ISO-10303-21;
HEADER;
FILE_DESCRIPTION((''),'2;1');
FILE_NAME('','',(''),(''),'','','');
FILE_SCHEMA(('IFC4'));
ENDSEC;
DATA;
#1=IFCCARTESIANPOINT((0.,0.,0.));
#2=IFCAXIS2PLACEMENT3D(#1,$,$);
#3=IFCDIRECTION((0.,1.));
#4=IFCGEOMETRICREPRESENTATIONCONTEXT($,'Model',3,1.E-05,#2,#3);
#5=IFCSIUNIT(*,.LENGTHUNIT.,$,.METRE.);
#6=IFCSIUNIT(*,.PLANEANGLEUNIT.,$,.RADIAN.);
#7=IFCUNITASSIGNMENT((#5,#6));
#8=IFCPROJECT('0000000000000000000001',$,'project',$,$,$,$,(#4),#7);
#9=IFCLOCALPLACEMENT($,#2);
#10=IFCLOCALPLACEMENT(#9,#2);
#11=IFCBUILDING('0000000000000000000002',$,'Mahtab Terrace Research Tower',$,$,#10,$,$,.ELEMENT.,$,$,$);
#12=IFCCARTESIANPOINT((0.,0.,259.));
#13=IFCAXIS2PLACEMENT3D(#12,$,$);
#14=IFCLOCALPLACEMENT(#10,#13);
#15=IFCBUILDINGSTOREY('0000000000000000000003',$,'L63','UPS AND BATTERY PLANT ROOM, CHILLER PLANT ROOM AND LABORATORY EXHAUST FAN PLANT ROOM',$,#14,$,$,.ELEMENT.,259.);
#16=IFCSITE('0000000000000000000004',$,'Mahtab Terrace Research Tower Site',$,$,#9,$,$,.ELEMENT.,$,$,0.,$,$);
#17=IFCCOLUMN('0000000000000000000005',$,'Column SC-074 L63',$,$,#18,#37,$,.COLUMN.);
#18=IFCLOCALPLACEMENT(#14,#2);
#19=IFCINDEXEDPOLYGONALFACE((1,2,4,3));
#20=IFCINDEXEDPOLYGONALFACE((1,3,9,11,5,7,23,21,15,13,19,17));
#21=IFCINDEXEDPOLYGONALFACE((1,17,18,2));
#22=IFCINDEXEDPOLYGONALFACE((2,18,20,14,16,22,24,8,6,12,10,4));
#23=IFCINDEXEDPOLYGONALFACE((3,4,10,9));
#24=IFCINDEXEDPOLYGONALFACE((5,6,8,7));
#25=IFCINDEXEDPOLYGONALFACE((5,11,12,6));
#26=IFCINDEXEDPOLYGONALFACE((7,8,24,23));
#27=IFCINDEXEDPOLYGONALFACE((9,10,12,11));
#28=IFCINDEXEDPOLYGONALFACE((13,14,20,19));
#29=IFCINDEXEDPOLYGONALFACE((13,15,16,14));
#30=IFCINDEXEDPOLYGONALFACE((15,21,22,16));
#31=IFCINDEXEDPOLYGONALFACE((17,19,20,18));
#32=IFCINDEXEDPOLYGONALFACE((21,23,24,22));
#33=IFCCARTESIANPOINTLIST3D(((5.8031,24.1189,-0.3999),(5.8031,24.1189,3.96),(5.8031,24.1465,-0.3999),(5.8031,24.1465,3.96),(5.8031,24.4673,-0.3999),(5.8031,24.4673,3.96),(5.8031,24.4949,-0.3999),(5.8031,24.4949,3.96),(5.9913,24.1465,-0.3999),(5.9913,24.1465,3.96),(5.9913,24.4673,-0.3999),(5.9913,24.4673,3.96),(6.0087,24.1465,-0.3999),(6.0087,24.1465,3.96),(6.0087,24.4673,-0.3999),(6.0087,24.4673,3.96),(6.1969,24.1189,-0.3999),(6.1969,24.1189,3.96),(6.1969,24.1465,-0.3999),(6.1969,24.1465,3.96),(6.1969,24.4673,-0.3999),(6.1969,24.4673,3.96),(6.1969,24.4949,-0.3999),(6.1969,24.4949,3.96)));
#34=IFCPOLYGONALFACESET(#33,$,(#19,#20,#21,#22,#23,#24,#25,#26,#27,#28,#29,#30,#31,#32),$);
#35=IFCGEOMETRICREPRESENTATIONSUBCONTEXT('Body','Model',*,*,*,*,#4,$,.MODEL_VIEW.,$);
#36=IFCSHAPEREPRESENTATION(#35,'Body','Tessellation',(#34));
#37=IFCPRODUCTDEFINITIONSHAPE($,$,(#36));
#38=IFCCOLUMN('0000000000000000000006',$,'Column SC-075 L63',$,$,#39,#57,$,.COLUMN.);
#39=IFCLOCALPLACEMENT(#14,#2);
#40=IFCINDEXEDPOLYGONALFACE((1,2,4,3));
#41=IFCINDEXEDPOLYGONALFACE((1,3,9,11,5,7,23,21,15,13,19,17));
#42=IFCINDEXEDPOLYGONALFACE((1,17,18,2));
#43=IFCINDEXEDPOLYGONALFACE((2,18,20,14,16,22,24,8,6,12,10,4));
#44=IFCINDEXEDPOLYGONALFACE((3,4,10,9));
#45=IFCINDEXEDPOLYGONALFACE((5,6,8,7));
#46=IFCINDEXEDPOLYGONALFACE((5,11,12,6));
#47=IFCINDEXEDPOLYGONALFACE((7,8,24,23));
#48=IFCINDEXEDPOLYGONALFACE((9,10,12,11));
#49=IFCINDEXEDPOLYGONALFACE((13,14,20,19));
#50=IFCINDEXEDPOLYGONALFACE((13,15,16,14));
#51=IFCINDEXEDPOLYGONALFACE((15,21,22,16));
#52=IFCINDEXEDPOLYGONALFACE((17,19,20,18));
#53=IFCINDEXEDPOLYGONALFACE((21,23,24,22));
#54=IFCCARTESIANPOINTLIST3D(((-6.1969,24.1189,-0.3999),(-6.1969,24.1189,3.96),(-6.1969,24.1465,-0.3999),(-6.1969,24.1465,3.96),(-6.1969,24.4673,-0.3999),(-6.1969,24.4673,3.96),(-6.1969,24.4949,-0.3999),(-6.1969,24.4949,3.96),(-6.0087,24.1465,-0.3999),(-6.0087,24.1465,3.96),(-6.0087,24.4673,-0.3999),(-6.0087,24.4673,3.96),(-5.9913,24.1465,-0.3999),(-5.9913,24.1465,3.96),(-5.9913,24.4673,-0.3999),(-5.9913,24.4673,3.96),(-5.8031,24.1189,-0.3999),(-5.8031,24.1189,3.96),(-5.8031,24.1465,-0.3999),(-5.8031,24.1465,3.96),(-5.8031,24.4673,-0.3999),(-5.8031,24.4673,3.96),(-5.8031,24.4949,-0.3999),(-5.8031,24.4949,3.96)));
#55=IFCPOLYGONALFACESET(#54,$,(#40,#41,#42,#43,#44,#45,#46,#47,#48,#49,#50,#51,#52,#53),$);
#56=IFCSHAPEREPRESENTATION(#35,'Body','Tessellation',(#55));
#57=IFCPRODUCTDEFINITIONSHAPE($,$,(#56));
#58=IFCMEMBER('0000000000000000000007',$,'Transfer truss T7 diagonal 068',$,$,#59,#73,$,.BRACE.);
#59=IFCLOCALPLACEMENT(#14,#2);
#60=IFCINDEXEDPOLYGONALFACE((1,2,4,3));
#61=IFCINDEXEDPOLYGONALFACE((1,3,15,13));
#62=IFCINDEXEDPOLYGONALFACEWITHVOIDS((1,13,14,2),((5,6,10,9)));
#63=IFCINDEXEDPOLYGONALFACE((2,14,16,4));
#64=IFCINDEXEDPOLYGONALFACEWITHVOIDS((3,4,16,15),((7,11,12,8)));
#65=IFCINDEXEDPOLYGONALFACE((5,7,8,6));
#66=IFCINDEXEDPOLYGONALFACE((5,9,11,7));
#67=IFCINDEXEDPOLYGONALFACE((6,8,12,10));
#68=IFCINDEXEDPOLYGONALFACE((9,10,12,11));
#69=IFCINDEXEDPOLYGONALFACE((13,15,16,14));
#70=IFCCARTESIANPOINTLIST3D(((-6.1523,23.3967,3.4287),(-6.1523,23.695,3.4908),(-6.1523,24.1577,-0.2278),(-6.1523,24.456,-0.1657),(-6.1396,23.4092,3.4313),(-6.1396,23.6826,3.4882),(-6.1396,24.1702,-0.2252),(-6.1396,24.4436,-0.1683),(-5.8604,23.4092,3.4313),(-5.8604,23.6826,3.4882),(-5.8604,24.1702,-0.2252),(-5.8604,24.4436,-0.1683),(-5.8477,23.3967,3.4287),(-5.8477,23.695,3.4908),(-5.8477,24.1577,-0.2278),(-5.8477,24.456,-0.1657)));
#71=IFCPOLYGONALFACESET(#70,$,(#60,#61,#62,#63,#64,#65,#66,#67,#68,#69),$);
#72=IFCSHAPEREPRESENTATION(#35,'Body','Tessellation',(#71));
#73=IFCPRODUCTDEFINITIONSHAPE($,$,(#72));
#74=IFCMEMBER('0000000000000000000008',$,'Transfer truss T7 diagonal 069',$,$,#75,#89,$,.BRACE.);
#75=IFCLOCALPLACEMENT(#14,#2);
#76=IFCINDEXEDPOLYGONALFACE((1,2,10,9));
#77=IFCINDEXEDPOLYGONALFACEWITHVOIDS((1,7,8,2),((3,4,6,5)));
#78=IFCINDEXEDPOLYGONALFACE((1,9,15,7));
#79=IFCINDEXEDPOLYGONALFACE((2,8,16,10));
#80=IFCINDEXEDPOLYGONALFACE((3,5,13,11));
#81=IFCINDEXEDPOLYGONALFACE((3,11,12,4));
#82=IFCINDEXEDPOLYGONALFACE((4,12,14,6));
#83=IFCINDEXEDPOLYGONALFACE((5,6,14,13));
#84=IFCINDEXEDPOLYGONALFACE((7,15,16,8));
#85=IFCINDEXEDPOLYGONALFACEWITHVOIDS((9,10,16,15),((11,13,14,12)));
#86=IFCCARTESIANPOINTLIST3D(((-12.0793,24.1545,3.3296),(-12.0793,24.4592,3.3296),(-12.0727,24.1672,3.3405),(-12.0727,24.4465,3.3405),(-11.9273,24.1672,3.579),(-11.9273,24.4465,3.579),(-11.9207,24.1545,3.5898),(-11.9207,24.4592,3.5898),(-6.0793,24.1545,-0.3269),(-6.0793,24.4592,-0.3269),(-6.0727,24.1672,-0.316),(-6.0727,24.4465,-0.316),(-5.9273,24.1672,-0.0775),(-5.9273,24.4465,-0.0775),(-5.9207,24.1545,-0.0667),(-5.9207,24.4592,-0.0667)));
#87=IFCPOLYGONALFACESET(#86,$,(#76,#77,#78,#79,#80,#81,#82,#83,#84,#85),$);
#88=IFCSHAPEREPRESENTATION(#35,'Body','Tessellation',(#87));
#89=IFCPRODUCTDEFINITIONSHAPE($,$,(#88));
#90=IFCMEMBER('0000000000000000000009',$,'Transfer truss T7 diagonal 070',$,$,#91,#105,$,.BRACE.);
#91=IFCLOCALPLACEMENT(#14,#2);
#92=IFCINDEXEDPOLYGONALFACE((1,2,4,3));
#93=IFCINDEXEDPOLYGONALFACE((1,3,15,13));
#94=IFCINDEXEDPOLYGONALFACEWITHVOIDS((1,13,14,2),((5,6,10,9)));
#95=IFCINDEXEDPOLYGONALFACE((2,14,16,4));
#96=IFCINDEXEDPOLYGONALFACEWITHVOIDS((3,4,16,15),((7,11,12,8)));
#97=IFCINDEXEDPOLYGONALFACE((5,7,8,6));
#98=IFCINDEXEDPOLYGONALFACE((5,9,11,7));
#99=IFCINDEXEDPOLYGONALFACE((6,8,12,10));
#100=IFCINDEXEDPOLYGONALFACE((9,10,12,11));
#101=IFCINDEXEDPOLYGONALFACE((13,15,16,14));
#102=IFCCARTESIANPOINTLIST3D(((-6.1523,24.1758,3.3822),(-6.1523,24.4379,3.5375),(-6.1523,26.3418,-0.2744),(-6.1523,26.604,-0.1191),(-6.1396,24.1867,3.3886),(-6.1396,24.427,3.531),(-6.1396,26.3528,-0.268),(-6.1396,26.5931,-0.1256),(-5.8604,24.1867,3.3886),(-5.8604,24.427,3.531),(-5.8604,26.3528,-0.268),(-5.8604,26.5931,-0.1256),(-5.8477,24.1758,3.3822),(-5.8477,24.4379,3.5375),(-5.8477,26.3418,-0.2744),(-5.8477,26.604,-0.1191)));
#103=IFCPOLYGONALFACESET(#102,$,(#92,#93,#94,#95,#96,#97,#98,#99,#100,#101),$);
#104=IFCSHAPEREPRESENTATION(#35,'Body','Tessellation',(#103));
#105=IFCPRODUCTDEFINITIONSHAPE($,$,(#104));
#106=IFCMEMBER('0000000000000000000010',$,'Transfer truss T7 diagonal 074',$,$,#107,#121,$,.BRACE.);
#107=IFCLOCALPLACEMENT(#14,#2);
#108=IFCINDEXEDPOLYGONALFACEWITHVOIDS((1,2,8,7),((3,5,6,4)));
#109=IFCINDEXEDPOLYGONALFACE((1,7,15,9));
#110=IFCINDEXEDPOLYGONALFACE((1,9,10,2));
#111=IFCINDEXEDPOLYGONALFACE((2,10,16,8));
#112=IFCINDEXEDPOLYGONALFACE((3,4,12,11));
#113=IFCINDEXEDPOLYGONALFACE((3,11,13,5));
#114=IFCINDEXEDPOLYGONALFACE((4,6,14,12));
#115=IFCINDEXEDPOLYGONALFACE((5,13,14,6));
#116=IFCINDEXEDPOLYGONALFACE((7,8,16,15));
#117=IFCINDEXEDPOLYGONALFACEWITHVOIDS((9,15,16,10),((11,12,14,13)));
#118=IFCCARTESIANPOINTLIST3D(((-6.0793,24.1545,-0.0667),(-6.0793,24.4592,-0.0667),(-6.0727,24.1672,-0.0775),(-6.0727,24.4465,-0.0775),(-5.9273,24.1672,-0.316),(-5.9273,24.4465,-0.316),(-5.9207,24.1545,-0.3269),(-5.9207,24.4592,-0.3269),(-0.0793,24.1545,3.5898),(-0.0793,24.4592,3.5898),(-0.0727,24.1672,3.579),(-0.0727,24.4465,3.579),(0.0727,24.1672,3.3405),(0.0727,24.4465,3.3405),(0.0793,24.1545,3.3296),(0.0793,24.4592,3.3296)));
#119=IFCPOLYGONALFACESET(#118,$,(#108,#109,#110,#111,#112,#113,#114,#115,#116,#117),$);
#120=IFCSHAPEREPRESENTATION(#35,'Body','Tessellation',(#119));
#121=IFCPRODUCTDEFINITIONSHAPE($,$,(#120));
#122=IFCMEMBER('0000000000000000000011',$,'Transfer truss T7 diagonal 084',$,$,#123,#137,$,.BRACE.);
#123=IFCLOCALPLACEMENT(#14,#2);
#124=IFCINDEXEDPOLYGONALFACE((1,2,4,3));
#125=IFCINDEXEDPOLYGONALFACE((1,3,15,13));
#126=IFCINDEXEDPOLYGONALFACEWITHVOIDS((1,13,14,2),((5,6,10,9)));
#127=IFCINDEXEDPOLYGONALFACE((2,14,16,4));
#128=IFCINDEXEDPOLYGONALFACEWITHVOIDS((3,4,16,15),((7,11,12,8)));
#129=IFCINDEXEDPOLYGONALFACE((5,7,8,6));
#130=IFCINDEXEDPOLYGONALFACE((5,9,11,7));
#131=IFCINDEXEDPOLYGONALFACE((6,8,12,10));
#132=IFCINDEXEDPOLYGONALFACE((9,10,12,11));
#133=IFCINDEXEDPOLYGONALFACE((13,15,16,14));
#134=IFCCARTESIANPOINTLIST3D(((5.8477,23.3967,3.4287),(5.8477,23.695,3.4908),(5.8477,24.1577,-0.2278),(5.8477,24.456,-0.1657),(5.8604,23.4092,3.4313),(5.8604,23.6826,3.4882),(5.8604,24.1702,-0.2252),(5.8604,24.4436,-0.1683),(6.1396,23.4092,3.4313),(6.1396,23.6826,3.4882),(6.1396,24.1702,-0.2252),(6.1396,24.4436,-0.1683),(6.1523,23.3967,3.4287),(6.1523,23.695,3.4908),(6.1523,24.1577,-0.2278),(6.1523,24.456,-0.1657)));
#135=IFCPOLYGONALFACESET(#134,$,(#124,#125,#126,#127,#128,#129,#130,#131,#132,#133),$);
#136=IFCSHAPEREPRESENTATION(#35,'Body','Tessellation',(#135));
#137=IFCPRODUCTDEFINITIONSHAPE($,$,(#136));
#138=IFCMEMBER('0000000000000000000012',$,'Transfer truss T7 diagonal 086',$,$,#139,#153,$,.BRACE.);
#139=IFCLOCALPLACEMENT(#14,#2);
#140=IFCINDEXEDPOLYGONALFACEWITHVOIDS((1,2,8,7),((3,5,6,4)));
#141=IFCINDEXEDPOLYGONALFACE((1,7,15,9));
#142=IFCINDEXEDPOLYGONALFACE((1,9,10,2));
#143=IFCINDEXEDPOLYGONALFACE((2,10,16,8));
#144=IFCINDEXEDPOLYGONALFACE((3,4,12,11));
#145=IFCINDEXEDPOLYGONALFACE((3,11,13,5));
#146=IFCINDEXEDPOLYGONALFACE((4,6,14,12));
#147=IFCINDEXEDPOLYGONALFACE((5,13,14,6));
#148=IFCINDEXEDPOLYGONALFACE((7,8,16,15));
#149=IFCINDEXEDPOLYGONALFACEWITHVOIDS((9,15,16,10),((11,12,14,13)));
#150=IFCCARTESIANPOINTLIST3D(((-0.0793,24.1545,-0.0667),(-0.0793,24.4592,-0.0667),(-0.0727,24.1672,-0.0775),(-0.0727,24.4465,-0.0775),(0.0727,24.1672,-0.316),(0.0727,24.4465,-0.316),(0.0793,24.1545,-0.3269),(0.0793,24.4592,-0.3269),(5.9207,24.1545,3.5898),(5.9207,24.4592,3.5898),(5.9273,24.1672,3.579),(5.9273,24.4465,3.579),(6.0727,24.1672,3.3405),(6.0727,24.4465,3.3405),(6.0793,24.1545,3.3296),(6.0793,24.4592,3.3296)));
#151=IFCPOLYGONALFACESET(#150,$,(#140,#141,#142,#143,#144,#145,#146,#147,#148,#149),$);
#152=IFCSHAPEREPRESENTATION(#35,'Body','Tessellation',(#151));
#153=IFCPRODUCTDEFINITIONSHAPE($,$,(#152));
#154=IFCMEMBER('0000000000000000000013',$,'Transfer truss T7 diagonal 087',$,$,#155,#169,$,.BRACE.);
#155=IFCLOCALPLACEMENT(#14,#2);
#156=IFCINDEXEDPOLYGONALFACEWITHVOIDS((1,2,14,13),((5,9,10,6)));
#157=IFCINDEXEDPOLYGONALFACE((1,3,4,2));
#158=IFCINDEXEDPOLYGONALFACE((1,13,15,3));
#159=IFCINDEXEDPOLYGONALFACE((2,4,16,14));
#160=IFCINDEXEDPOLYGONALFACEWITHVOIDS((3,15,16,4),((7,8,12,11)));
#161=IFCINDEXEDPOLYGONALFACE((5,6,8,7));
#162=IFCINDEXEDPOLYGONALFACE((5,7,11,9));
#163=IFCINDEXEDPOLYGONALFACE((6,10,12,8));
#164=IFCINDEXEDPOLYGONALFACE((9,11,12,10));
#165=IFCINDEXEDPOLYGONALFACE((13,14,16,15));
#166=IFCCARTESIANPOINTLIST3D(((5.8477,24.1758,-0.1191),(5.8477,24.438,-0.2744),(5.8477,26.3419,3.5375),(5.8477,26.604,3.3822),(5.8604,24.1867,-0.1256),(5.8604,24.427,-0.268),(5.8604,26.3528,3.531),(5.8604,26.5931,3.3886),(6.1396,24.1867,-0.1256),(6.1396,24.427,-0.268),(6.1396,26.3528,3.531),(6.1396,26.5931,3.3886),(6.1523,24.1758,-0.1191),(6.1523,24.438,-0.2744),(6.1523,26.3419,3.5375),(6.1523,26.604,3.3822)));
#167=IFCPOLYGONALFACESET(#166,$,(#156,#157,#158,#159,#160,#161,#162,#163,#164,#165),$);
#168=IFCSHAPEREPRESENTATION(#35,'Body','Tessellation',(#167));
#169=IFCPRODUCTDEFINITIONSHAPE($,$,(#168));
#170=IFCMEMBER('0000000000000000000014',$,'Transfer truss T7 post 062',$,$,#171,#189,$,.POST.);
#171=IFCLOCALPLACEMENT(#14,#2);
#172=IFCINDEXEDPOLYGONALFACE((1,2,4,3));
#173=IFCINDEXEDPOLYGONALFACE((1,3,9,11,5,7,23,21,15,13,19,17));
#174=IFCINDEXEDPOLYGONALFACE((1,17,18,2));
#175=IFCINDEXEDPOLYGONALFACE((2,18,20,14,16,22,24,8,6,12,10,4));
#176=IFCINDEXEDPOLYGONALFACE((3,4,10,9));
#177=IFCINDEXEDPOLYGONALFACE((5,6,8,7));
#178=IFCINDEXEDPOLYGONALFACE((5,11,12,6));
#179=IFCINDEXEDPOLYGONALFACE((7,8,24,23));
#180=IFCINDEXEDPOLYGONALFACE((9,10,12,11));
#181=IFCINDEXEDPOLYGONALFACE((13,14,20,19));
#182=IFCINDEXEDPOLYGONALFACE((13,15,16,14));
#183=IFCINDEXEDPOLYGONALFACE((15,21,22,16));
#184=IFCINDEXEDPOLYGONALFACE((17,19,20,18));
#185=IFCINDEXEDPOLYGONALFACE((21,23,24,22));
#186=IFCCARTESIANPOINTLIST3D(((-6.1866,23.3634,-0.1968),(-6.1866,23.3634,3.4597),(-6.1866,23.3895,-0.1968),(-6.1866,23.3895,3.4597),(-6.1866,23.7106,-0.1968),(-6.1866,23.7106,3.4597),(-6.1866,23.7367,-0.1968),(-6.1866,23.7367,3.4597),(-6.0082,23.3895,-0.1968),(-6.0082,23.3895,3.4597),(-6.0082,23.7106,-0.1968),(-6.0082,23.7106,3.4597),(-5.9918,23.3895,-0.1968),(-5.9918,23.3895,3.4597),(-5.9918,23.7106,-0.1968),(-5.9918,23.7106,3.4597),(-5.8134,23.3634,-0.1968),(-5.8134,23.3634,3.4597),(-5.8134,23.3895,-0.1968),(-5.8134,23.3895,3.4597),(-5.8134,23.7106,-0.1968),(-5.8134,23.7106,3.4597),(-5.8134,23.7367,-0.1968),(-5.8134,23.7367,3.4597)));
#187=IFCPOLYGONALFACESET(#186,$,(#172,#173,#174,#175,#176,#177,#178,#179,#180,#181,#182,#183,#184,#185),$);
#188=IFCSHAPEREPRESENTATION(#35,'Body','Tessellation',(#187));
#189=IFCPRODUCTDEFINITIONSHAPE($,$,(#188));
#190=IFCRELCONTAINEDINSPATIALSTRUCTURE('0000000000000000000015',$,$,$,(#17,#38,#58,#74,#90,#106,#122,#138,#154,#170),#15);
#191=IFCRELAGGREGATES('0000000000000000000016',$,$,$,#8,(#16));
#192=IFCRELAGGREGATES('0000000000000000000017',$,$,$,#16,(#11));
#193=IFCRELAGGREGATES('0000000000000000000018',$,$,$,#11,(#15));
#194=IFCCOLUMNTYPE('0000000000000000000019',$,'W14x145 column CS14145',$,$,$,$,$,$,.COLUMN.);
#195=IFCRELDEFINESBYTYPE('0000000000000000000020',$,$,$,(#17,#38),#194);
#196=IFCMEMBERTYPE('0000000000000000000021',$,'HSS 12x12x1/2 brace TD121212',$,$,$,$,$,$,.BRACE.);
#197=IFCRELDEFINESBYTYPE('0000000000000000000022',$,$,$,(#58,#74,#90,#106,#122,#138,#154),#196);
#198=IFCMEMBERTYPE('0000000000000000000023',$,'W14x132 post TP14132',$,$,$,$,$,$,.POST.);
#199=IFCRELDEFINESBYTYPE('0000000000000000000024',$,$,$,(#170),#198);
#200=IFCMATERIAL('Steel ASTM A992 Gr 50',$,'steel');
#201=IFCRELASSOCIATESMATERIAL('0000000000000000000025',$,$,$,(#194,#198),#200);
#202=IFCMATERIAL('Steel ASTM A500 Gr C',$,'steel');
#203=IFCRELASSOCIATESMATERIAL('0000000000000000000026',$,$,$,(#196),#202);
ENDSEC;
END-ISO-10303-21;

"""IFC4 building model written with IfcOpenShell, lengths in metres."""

from ifc_helpers import new_model, si_unit, direction, frame, origin, origin_2d, place, context, subcontext, project, spatial, hollow_rectangle, i_section, extrude, material, material_profile, profile_set, type_object, element, save


model = new_model("IFC4")

# Units and contexts
model_context = context("Model", 3, precision=1e-05, world=origin(), true_north=direction((0.0, 1.0)))
body_context = subcontext(model_context, "Body", "Model", "MODEL_VIEW")
ifc_project = project(units=[si_unit("LENGTHUNIT", "METRE"), si_unit("PLANEANGLEUNIT", "RADIAN")], contexts=[model_context])

# Site, building, storey
site_placement = place(None, origin())
site = spatial("IfcSite", under=ifc_project, at=site_placement, Name="Mahtab Terrace Research Tower Site", CompositionType="ELEMENT", RefElevation=0.0)
building_placement = place(site_placement, origin())
building = spatial("IfcBuilding", under=site, at=building_placement, Name="Mahtab Terrace Research Tower", CompositionType="ELEMENT")
storey_placement = place(building_placement, frame((0.0, 0.0, 259.0)))
storey = spatial("IfcBuildingStorey", under=building, at=storey_placement, Name="L63", Description="UPS AND BATTERY PLANT ROOM, CHILLER PLANT ROOM AND LABORATORY EXHAUST FAN PLANT ROOM", CompositionType="ELEMENT", Elevation=259.0)

# Columns
ifc_material_1 = material(Name="Steel ASTM A992 Gr 50", Category="steel")
ifc_material_profile_1 = material_profile(ifc_material_1, i_section(OverallWidth=0.3938, OverallDepth=0.376, WebThickness=0.0173, FlangeThickness=0.0276, at=origin_2d()), Name="W14X145")
ifc_profile_set_1 = profile_set([ifc_material_profile_1], Name="Steel ASTM A992 Gr 50")
column_type = type_object("IfcColumnType", Name="W14x145 column CS14145", PredefinedType="COLUMN", material=ifc_profile_set_1)
for number, where, z_axis, x_axis, name in (
    (1, (6.0, 24.3069, -0.3999), (0.0, 0.0, 1.0), (1.0, 0.0, 0.0), "Column SC-074 L63"),
    (2, (-6.0, 24.3069, -0.3999), (0.0, 0.0, 1.0), (1.0, 0.0, 0.0), "Column SC-075 L63"),
):
    element("IfcColumn", number, at=place(storey_placement, frame(where, z_axis=z_axis, x_axis=x_axis)), inside=storey, type_object=column_type, Name=name, PredefinedType="COLUMN", context=body_context, shape_type="SweptSolid", body=[
        extrude(i_section(OverallWidth=0.3938, OverallDepth=0.376, WebThickness=0.0173, FlangeThickness=0.0276, at=origin_2d()), origin(), (0.0, 0.0, 1.0), 4.3599),
    ])

# Members
ifc_material_2 = material(Name="Steel ASTM A500 Gr C", Category="steel")
ifc_material_profile_2 = material_profile(ifc_material_2, hollow_rectangle(XDim=0.3047, YDim=0.3047, WallThickness=0.0127, at=origin_2d()), Name="HSS12X12X1/2")
ifc_profile_set_2 = profile_set([ifc_material_profile_2], Name="Steel ASTM A500 Gr C")
member_type_1 = type_object("IfcMemberType", Name="HSS 12x12x1/2 brace TD121212", PredefinedType="BRACE", material=ifc_profile_set_2)
member_1_placement = place(storey_placement, frame((-6.0, 24.3069, -0.1968), z_axis=(0.0, -0.203753, 0.979022), x_axis=(1.0, 0.0, 0.0)))
element("IfcMember", 3, at=member_1_placement, inside=storey, type_object=member_type_1, Name="Transfer truss T7 diagonal 068", PredefinedType="BRACE", context=body_context, shape_type="SweptSolid", body=[
    extrude(hollow_rectangle(XDim=0.3047, YDim=0.3047, WallThickness=0.0127, at=origin_2d()), origin(), (0.0, 0.0, 1.0), 3.7349),
])
member_2_placement = place(storey_placement, frame((-6.0, 24.3069, -0.1968), z_axis=(-0.853925, 0.0, 0.520396), x_axis=(0.0, -1.0, 0.0)))
element("IfcMember", 4, at=member_2_placement, inside=storey, type_object=member_type_1, Name="Transfer truss T7 diagonal 069", PredefinedType="BRACE", context=body_context, shape_type="SweptSolid", body=[
    extrude(hollow_rectangle(XDim=0.3047, YDim=0.3047, WallThickness=0.0127, at=origin_2d()), origin(), (0.0, 0.0, 1.0), 7.0264),
])
member_3_placement = place(storey_placement, frame((-6.0, 26.4729, -0.1968), z_axis=(0.0, -0.509664, 0.860374), x_axis=(1.0, 0.0, 0.0)))
element("IfcMember", 5, at=member_3_placement, inside=storey, type_object=member_type_1, Name="Transfer truss T7 diagonal 070", PredefinedType="BRACE", context=body_context, shape_type="SweptSolid", body=[
    extrude(hollow_rectangle(XDim=0.3047, YDim=0.3047, WallThickness=0.0127, at=origin_2d()), origin(), (0.0, 0.0, 1.0), 4.25),
])
member_4_placement = place(storey_placement, frame((-6.0, 24.3069, -0.1968), z_axis=(0.853925, 0.0, 0.520396), x_axis=(0.0, 1.0, 0.0)))
element("IfcMember", 6, at=member_4_placement, inside=storey, type_object=member_type_1, Name="Transfer truss T7 diagonal 074", PredefinedType="BRACE", context=body_context, shape_type="SweptSolid", body=[
    extrude(hollow_rectangle(XDim=0.3047, YDim=0.3047, WallThickness=0.0127, at=origin_2d()), origin(), (0.0, 0.0, 1.0), 7.0264),
])
member_5_placement = place(storey_placement, frame((6.0, 24.3069, -0.1968), z_axis=(0.0, -0.203753, 0.979022), x_axis=(1.0, 0.0, 0.0)))
element("IfcMember", 7, at=member_5_placement, inside=storey, type_object=member_type_1, Name="Transfer truss T7 diagonal 084", PredefinedType="BRACE", context=body_context, shape_type="SweptSolid", body=[
    extrude(hollow_rectangle(XDim=0.3047, YDim=0.3047, WallThickness=0.0127, at=origin_2d()), origin(), (0.0, 0.0, 1.0), 3.7349),
])
member_6_placement = place(storey_placement, frame((0.0, 24.3069, -0.1968), z_axis=(0.853925, 0.0, 0.520396), x_axis=(0.0, 1.0, 0.0)))
element("IfcMember", 8, at=member_6_placement, inside=storey, type_object=member_type_1, Name="Transfer truss T7 diagonal 086", PredefinedType="BRACE", context=body_context, shape_type="SweptSolid", body=[
    extrude(hollow_rectangle(XDim=0.3047, YDim=0.3047, WallThickness=0.0127, at=origin_2d()), origin(), (0.0, 0.0, 1.0), 7.0264),
])
member_7_placement = place(storey_placement, frame((6.0, 24.3069, -0.1968), z_axis=(0.0, 0.509664, 0.860374), x_axis=(-1.0, 0.0, 0.0)))
element("IfcMember", 9, at=member_7_placement, inside=storey, type_object=member_type_1, Name="Transfer truss T7 diagonal 087", PredefinedType="BRACE", context=body_context, shape_type="SweptSolid", body=[
    extrude(hollow_rectangle(XDim=0.3047, YDim=0.3047, WallThickness=0.0127, at=origin_2d()), origin(), (0.0, 0.0, 1.0), 4.25),
])
ifc_material_profile_3 = material_profile(ifc_material_1, i_section(OverallWidth=0.3733, OverallDepth=0.3733, WebThickness=0.0164, FlangeThickness=0.0261, at=origin_2d()), Name="W14X132")
ifc_profile_set_3 = profile_set([ifc_material_profile_3], Name="Steel ASTM A992 Gr 50")
member_type_2 = type_object("IfcMemberType", Name="W14x132 post TP14132", PredefinedType="POST", material=ifc_profile_set_3)
for number, where, z_axis, x_axis, name in (
    (10, (-6.0, 23.55, -0.1968), (0.0, 0.0, 1.0), (1.0, 0.0, 0.0), "Transfer truss T7 post 062"),
):
    element("IfcMember", number, at=place(storey_placement, frame(where, z_axis=z_axis, x_axis=x_axis)), inside=storey, type_object=member_type_2, Name=name, PredefinedType="POST", context=body_context, shape_type="SweptSolid", body=[
        extrude(i_section(OverallWidth=0.3733, OverallDepth=0.3733, WebThickness=0.0164, FlangeThickness=0.0261, at=origin_2d()), origin(), (0.0, 0.0, 1.0), 3.6565),
    ])

save(model, "model.ifc")
